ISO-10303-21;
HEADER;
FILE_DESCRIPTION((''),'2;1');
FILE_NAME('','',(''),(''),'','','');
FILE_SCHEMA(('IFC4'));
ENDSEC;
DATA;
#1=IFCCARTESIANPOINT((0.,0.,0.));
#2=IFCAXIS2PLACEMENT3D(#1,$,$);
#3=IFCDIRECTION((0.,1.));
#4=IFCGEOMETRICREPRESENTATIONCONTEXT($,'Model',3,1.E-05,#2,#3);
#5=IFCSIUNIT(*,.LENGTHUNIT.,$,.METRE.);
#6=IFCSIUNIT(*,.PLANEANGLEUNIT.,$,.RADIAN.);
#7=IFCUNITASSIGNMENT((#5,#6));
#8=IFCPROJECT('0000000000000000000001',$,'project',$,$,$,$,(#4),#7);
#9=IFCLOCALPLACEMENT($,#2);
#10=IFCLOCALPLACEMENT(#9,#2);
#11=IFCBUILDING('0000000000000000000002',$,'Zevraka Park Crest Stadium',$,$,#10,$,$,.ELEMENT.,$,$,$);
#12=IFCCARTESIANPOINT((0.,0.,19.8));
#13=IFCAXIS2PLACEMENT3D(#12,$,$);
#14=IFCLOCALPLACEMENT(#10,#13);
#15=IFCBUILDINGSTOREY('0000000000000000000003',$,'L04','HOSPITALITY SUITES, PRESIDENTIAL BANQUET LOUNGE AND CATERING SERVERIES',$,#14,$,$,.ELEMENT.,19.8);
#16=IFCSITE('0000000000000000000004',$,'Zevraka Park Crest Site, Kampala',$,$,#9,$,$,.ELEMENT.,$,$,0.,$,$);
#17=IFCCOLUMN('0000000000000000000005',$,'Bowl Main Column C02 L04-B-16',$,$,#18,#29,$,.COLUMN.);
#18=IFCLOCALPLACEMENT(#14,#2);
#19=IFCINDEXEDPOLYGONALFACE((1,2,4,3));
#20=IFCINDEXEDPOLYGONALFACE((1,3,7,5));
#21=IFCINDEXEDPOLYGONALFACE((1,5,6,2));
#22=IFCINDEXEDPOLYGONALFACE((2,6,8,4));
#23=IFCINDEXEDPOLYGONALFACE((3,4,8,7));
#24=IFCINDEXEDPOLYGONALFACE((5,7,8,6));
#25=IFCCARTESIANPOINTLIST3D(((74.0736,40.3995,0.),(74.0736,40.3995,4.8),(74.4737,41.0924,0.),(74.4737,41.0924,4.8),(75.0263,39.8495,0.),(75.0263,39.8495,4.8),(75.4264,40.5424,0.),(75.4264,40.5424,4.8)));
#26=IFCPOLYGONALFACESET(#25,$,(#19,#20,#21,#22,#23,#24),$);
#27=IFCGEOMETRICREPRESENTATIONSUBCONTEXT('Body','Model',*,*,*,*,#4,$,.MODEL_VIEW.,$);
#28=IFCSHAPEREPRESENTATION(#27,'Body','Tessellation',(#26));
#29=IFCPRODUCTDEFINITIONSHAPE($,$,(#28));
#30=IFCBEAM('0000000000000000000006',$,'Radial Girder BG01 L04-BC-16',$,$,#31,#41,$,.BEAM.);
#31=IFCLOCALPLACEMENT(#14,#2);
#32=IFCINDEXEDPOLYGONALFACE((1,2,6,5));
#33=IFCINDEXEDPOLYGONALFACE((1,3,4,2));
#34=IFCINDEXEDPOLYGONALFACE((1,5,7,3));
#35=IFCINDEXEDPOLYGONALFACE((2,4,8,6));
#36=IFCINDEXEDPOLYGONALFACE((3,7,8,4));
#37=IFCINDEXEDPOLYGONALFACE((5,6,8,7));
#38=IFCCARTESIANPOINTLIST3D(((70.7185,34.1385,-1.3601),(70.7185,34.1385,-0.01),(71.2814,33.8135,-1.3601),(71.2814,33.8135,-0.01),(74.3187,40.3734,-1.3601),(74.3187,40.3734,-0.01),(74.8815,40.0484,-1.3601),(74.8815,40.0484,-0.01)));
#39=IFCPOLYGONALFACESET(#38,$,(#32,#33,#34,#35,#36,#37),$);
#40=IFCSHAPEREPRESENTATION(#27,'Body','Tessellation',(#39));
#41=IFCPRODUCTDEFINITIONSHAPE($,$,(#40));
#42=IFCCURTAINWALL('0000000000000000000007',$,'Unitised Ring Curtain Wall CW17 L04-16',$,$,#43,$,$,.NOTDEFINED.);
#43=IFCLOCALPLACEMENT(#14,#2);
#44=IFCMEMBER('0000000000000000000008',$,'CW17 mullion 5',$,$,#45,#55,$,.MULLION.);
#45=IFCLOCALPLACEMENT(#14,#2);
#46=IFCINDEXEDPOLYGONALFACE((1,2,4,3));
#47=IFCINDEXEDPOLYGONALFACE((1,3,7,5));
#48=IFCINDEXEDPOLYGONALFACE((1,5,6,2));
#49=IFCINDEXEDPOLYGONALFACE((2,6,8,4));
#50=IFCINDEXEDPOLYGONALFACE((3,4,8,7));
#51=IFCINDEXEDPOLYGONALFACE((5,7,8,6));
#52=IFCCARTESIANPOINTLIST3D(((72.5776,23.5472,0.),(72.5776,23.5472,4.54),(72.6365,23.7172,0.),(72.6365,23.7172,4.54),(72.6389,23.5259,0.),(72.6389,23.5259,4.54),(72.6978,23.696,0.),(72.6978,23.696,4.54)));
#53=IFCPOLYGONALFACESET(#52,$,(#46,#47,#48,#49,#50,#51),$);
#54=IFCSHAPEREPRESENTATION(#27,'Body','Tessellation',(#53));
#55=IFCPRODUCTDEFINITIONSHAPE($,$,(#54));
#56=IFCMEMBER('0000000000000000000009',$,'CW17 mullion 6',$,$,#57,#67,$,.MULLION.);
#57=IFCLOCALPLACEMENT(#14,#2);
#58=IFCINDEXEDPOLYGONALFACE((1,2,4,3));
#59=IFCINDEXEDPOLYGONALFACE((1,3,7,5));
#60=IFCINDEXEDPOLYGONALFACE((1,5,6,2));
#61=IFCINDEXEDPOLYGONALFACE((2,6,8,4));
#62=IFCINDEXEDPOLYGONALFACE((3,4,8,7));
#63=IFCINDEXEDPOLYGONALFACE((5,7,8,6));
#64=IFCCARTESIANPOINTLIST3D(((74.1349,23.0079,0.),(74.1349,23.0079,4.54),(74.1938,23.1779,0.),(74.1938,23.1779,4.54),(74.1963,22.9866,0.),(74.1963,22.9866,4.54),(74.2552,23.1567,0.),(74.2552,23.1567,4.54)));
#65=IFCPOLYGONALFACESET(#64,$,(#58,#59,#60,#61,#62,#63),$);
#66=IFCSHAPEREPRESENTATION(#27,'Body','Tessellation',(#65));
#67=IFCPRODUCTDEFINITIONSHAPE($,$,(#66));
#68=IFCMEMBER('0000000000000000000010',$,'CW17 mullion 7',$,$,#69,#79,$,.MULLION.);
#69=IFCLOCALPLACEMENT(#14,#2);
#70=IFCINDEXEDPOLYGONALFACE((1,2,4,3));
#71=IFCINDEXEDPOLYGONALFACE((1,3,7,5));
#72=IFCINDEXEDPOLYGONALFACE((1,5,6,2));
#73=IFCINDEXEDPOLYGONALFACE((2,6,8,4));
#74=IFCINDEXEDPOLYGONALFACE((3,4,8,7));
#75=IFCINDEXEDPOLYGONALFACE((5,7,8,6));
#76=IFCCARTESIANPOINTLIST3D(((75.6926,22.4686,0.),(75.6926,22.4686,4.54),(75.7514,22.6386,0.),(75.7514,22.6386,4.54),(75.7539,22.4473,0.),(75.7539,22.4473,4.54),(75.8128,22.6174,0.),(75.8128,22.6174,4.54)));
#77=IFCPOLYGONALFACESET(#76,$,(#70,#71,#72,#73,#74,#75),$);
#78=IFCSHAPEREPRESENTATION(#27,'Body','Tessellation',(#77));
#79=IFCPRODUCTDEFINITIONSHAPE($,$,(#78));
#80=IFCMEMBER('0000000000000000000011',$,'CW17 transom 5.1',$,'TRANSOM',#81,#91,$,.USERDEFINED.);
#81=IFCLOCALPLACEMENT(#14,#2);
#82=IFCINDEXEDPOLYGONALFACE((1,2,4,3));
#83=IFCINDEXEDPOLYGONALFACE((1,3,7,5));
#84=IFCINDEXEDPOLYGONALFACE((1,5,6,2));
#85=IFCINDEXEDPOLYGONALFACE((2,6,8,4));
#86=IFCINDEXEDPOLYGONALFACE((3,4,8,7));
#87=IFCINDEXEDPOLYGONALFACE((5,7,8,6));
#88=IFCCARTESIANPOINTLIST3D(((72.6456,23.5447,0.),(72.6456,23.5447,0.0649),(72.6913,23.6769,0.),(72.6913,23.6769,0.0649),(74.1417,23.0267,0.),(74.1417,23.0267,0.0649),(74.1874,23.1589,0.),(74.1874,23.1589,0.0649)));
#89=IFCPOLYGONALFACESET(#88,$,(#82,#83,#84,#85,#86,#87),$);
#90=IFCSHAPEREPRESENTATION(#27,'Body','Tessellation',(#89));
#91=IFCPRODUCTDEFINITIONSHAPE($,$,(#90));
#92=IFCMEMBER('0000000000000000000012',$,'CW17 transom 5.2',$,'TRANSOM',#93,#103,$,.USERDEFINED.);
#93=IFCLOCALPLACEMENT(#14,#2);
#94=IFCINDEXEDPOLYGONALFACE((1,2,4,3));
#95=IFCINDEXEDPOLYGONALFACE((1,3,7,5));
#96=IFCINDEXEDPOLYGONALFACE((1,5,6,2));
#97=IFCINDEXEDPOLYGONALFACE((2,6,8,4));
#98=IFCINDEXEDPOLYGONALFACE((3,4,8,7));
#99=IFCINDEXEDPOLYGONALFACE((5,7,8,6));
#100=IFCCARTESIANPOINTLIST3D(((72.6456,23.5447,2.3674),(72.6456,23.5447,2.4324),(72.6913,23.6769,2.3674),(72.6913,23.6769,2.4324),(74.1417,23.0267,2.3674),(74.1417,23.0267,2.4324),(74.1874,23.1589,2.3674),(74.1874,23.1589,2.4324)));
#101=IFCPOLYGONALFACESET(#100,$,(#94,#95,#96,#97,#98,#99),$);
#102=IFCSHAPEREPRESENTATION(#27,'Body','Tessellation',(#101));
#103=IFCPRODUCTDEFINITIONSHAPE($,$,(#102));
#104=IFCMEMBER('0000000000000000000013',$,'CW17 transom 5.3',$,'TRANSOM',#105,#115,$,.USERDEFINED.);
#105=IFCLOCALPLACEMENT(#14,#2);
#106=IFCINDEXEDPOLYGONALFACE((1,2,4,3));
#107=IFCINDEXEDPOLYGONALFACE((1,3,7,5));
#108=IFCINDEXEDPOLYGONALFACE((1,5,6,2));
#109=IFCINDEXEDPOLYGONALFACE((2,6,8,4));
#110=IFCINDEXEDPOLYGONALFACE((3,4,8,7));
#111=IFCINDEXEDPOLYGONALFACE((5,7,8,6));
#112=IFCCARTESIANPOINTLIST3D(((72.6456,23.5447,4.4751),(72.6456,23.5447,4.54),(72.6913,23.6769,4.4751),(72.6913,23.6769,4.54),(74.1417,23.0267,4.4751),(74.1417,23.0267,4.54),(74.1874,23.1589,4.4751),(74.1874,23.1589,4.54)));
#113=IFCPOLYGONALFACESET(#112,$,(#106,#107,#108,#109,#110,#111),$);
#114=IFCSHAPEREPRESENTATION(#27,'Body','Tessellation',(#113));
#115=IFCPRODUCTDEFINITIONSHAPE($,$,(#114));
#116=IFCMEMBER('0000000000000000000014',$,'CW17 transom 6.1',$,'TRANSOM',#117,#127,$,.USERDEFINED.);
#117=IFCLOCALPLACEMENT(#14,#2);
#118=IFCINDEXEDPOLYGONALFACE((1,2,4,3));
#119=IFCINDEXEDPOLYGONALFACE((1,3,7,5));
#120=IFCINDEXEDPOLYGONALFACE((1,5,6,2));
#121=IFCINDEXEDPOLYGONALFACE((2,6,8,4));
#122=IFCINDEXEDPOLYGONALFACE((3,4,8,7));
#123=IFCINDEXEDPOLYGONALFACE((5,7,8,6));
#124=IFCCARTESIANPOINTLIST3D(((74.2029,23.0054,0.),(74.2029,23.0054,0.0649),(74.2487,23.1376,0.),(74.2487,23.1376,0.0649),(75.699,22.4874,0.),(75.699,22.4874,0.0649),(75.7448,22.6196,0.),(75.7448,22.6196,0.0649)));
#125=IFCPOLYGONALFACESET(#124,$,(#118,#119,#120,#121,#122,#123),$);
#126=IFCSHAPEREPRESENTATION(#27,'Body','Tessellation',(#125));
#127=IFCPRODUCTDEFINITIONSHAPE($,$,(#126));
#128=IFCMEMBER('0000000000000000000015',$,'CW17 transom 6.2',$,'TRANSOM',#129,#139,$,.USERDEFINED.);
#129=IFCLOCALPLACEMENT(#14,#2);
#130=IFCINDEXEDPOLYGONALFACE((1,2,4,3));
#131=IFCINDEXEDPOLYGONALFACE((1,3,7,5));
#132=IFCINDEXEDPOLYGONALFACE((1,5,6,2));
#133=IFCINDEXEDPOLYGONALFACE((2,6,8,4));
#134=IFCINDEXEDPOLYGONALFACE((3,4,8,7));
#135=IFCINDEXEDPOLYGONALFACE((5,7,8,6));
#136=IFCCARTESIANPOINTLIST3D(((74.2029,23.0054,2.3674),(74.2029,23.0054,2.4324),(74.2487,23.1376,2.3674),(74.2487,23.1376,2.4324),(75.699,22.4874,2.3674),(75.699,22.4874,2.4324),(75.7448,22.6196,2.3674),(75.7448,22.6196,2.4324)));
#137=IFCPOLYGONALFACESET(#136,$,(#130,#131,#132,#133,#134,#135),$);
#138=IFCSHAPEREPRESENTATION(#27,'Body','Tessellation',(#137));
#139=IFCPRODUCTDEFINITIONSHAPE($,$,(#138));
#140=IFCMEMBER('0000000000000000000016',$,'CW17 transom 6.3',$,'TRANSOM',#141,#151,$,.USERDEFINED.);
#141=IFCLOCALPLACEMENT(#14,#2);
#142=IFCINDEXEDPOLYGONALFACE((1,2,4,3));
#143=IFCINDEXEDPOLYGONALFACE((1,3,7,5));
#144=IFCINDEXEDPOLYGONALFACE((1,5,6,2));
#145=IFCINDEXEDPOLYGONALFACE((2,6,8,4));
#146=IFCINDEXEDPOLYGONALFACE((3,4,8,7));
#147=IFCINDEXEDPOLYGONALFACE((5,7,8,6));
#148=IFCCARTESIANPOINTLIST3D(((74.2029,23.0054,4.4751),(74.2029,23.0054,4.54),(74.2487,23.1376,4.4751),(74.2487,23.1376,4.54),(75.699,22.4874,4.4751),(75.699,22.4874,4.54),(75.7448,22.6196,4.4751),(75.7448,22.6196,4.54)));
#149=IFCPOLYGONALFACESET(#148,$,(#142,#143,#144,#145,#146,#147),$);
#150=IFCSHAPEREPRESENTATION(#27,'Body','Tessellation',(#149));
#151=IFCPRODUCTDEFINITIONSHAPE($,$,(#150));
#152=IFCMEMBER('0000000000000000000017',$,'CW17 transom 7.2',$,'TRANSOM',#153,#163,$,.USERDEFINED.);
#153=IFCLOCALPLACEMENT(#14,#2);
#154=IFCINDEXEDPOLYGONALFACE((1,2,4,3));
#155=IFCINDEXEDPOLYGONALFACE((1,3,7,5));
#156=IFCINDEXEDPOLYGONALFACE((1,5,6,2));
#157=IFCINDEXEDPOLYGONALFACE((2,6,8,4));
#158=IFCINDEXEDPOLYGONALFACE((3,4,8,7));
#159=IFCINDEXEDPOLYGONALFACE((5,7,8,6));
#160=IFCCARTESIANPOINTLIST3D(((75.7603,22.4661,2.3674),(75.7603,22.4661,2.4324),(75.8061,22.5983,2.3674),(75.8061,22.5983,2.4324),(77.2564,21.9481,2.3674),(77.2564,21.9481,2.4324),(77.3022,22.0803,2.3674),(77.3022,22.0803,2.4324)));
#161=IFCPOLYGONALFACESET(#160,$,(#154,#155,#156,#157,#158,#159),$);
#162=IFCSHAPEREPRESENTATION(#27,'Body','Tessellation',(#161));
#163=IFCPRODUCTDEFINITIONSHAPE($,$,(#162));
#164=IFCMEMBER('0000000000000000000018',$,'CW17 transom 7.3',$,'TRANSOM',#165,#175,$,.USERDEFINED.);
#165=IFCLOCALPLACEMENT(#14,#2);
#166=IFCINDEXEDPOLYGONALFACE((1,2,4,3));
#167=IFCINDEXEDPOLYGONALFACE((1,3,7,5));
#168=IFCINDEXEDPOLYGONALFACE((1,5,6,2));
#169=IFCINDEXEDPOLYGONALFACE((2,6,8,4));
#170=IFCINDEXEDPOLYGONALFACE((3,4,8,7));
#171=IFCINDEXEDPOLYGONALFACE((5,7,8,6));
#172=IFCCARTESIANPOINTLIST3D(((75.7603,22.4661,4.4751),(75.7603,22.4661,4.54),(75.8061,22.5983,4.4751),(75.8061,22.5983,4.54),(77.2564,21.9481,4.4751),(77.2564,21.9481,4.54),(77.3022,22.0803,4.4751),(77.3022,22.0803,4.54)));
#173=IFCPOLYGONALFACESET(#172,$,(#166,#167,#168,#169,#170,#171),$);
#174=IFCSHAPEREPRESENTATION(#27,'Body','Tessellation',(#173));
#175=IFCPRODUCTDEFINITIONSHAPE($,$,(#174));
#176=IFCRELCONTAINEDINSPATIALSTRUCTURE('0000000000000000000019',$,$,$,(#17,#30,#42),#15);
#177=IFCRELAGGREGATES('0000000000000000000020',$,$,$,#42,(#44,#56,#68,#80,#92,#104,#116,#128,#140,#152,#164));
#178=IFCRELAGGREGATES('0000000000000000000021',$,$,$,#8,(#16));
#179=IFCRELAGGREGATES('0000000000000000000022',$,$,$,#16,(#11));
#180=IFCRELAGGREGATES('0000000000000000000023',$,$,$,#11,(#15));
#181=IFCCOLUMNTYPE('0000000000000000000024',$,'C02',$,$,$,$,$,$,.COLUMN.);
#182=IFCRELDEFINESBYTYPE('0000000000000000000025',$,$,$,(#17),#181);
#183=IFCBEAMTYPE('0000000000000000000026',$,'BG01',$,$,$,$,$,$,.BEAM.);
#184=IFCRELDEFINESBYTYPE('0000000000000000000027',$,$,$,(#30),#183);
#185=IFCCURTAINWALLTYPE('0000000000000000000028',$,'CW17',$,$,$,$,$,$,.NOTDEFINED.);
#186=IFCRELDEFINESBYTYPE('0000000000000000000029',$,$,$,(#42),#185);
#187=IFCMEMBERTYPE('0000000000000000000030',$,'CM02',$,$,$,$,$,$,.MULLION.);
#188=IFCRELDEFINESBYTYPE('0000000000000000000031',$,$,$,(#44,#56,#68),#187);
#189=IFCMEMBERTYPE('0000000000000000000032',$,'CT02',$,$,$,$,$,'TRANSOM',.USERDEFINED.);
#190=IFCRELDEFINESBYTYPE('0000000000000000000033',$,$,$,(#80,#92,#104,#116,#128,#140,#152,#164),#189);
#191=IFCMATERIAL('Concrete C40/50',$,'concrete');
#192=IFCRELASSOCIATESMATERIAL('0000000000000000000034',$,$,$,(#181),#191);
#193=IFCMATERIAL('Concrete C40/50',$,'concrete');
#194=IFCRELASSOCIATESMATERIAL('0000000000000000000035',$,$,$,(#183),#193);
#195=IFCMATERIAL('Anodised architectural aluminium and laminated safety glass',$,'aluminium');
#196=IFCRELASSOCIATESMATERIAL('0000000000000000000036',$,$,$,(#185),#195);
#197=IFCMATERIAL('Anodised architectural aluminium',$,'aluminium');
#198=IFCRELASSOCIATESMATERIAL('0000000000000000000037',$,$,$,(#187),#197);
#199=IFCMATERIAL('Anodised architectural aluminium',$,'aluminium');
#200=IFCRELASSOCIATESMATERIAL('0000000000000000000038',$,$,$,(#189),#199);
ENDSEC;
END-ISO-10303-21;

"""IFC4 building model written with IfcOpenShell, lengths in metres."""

from ifc_helpers import new_model, si_unit, direction, frame, origin, origin_2d, place, context, subcontext, project, spatial, rectangle, extrude, material, material_profile, profile_set, type_object, element, aggregate, save


model = new_model("IFC4")

# Units and contexts
model_context = context("Model", 3, precision=1e-05, world=origin(), true_north=direction((0.0, 1.0)))
body_context = subcontext(model_context, "Body", "Model", "MODEL_VIEW")
ifc_project = project(units=[si_unit("LENGTHUNIT", "METRE"), si_unit("PLANEANGLEUNIT", "RADIAN")], contexts=[model_context])

# Site, building, storey
site_placement = place(None, origin())
site = spatial("IfcSite", under=ifc_project, at=site_placement, Name="Zevraka Park Crest Site, Kampala", CompositionType="ELEMENT", RefElevation=0.0)
building_placement = place(site_placement, origin())
building = spatial("IfcBuilding", under=site, at=building_placement, Name="Zevraka Park Crest Stadium", CompositionType="ELEMENT")
storey_placement = place(building_placement, frame((0.0, 0.0, 19.8)))
storey = spatial("IfcBuildingStorey", under=building, at=storey_placement, Name="L04", Description="HOSPITALITY SUITES, PRESIDENTIAL BANQUET LOUNGE AND CATERING SERVERIES", CompositionType="ELEMENT", Elevation=19.8)

# Column
ifc_material_1 = material(Name="Concrete C40/50", Category="concrete")
ifc_material_profile_1 = material_profile(ifc_material_1, rectangle(XDim=0.8, YDim=1.1001, at=origin_2d()), Name="RC 1100x800")
ifc_profile_set_1 = profile_set([ifc_material_profile_1], Name="Concrete C40/50")
column_type = type_object("IfcColumnType", Name="C02", PredefinedType="COLUMN", material=ifc_profile_set_1)
column_placement = place(storey_placement, frame((74.75, 40.4709, 0.0), z_axis=(0.0, 0.0, 1.0), x_axis=(0.5, 0.866025, 0.0)))
element("IfcColumn", 1, at=column_placement, inside=storey, type_object=column_type, Name="Bowl Main Column C02 L04-B-16", PredefinedType="COLUMN", context=body_context, shape_type="SweptSolid", body=[
    extrude(rectangle(XDim=0.8, YDim=1.1001, at=origin_2d()), origin(), (0.0, 0.0, 1.0), 4.8),
])

# Beam
ifc_material_2 = material(Name="Concrete C40/50", Category="concrete")
ifc_material_profile_2 = material_profile(ifc_material_2, rectangle(XDim=0.6499, YDim=1.3501, at=origin_2d()), Name="RC 1350x650")
ifc_profile_set_2 = profile_set([ifc_material_profile_2], Name="Concrete C40/50")
beam_type_1 = type_object("IfcBeamType", Name="BG01", PredefinedType="BEAM", material=ifc_profile_set_2)
beam_1_placement = place(storey_placement, frame((74.6001, 40.2109, -0.6851), z_axis=(-0.500041, -0.866001, 0.0), x_axis=(0.866001, -0.500041, 0.0)))
element("IfcBeam", 2, at=beam_1_placement, inside=storey, type_object=beam_type_1, Name="Radial Girder BG01 L04-BC-16", PredefinedType="BEAM", context=body_context, shape_type="SweptSolid", body=[
    extrude(rectangle(XDim=0.6499, YDim=1.3501, at=origin_2d()), origin(), (0.0, 0.0, 1.0), 7.1997),
])

# Curtain wall, members
ifc_material_3 = material(Name="Anodised architectural aluminium and laminated safety glass", Category="aluminium")
curtain_wall_type = type_object("IfcCurtainWallType", Name="CW17", PredefinedType="NOTDEFINED", material=ifc_material_3)
curtain_wall_placement = place(storey_placement, origin())
curtain_wall = element("IfcCurtainWall", 3, at=curtain_wall_placement, inside=storey, type_object=curtain_wall_type, Name="Unitised Ring Curtain Wall CW17 L04-16", PredefinedType="NOTDEFINED")
ifc_material_4 = material(Name="Anodised architectural aluminium", Category="aluminium")
ifc_material_profile_3 = material_profile(ifc_material_4, rectangle(XDim=0.1799, YDim=0.0649, at=origin_2d()), Name="ALU MULLION 180x65")
ifc_profile_set_3 = profile_set([ifc_material_profile_3], Name="Anodised architectural aluminium")
member_type_1 = type_object("IfcMemberType", Name="CM02", PredefinedType="MULLION", material=ifc_profile_set_3)
member_1_placement = place(storey_placement, frame((72.6377, 23.6216, 0.0), z_axis=(0.0, 0.0, 1.0), x_axis=(0.327245, 0.94494, 0.0)))
member_1 = element("IfcMember", 4, at=member_1_placement, type_object=member_type_1, Name="CW17 mullion 5", PredefinedType="MULLION", context=body_context, shape_type="SweptSolid", body=[
    extrude(rectangle(XDim=0.1799, YDim=0.0649, at=origin_2d()), origin(), (0.0, 0.0, 1.0), 4.54),
])
member_2_placement = place(storey_placement, frame((74.1951, 23.0823, 0.0), z_axis=(0.0, 0.0, 1.0), x_axis=(0.327245, 0.94494, 0.0)))
member_2 = element("IfcMember", 5, at=member_2_placement, type_object=member_type_1, Name="CW17 mullion 6", PredefinedType="MULLION", context=body_context, shape_type="SweptSolid", body=[
    extrude(rectangle(XDim=0.1799, YDim=0.0649, at=origin_2d()), origin(), (0.0, 0.0, 1.0), 4.54),
])
member_3_placement = place(storey_placement, frame((75.7527, 22.543, 0.0), z_axis=(0.0, 0.0, 1.0), x_axis=(0.327245, 0.94494, 0.0)))
member_3 = element("IfcMember", 6, at=member_3_placement, type_object=member_type_1, Name="CW17 mullion 7", PredefinedType="MULLION", context=body_context, shape_type="SweptSolid", body=[
    extrude(rectangle(XDim=0.1799, YDim=0.0649, at=origin_2d()), origin(), (0.0, 0.0, 1.0), 4.54),
])
ifc_material_5 = material(Name="Anodised architectural aluminium", Category="aluminium")
ifc_material_profile_4 = material_profile(ifc_material_5, rectangle(XDim=0.1399, YDim=0.0649, at=origin_2d()), Name="ALU TRANSOM 140x65")
ifc_profile_set_4 = profile_set([ifc_material_profile_4], Name="Anodised architectural aluminium")
member_type_2 = type_object("IfcMemberType", Name="CT02", ElementType="TRANSOM", PredefinedType="USERDEFINED", material=ifc_profile_set_4)
member_4_placement = place(storey_placement, frame((72.6685, 23.6108, 0.0325), z_axis=(0.944949, -0.327216, 0.0), x_axis=(0.327216, 0.944949, 0.0)))
member_4 = element("IfcMember", 7, at=member_4_placement, type_object=member_type_2, Name="CW17 transom 5.1", ObjectType="TRANSOM", PredefinedType="USERDEFINED", context=body_context, shape_type="SweptSolid", body=[
    extrude(rectangle(XDim=0.1399, YDim=0.0649, at=origin_2d()), origin(), (0.0, 0.0, 1.0), 1.5833),
])
member_5_placement = place(storey_placement, frame((72.6685, 23.6108, 2.3999), z_axis=(0.944949, -0.327216, 0.0), x_axis=(0.327216, 0.944949, 0.0)))
member_5 = element("IfcMember", 8, at=member_5_placement, type_object=member_type_2, Name="CW17 transom 5.2", ObjectType="TRANSOM", PredefinedType="USERDEFINED", context=body_context, shape_type="SweptSolid", body=[
    extrude(rectangle(XDim=0.1399, YDim=0.0649, at=origin_2d()), origin(), (0.0, 0.0, 1.0), 1.5833),
])
member_6_placement = place(storey_placement, frame((72.6685, 23.6108, 4.5076), z_axis=(0.944949, -0.327216, 0.0), x_axis=(0.327216, 0.944949, 0.0)))
member_6 = element("IfcMember", 9, at=member_6_placement, type_object=member_type_2, Name="CW17 transom 5.3", ObjectType="TRANSOM", PredefinedType="USERDEFINED", context=body_context, shape_type="SweptSolid", body=[
    extrude(rectangle(XDim=0.1399, YDim=0.0649, at=origin_2d()), origin(), (0.0, 0.0, 1.0), 1.5833),
])
member_7_placement = place(storey_placement, frame((74.2258, 23.0715, 0.0325), z_axis=(0.944949, -0.327216, 0.0), x_axis=(0.327216, 0.944949, 0.0)))
member_7 = element("IfcMember", 10, at=member_7_placement, type_object=member_type_2, Name="CW17 transom 6.1", ObjectType="TRANSOM", PredefinedType="USERDEFINED", context=body_context, shape_type="SweptSolid", body=[
    extrude(rectangle(XDim=0.1399, YDim=0.0649, at=origin_2d()), origin(), (0.0, 0.0, 1.0), 1.5833),
])
member_8_placement = place(storey_placement, frame((74.2258, 23.0715, 2.3999), z_axis=(0.944949, -0.327216, 0.0), x_axis=(0.327216, 0.944949, 0.0)))
member_8 = element("IfcMember", 11, at=member_8_placement, type_object=member_type_2, Name="CW17 transom 6.2", ObjectType="TRANSOM", PredefinedType="USERDEFINED", context=body_context, shape_type="SweptSolid", body=[
    extrude(rectangle(XDim=0.1399, YDim=0.0649, at=origin_2d()), origin(), (0.0, 0.0, 1.0), 1.5833),
])
member_9_placement = place(storey_placement, frame((74.2258, 23.0715, 4.5076), z_axis=(0.944949, -0.327216, 0.0), x_axis=(0.327216, 0.944949, 0.0)))
member_9 = element("IfcMember", 12, at=member_9_placement, type_object=member_type_2, Name="CW17 transom 6.3", ObjectType="TRANSOM", PredefinedType="USERDEFINED", context=body_context, shape_type="SweptSolid", body=[
    extrude(rectangle(XDim=0.1399, YDim=0.0649, at=origin_2d()), origin(), (0.0, 0.0, 1.0), 1.5833),
])
member_10_placement = place(storey_placement, frame((75.7832, 22.5322, 2.3999), z_axis=(0.944949, -0.327216, 0.0), x_axis=(0.327216, 0.944949, 0.0)))
member_10 = element("IfcMember", 13, at=member_10_placement, type_object=member_type_2, Name="CW17 transom 7.2", ObjectType="TRANSOM", PredefinedType="USERDEFINED", context=body_context, shape_type="SweptSolid", body=[
    extrude(rectangle(XDim=0.1399, YDim=0.0649, at=origin_2d()), origin(), (0.0, 0.0, 1.0), 1.5833),
])
member_11_placement = place(storey_placement, frame((75.7832, 22.5322, 4.5076), z_axis=(0.944949, -0.327216, 0.0), x_axis=(0.327216, 0.944949, 0.0)))
member_11 = element("IfcMember", 14, at=member_11_placement, type_object=member_type_2, Name="CW17 transom 7.3", ObjectType="TRANSOM", PredefinedType="USERDEFINED", context=body_context, shape_type="SweptSolid", body=[
    extrude(rectangle(XDim=0.1399, YDim=0.0649, at=origin_2d()), origin(), (0.0, 0.0, 1.0), 1.5833),
])

aggregate(curtain_wall, [member_1, member_2, member_3, member_4, member_5, member_6, member_7, member_8, member_9, member_10, member_11])

save(model, "model.ifc")
